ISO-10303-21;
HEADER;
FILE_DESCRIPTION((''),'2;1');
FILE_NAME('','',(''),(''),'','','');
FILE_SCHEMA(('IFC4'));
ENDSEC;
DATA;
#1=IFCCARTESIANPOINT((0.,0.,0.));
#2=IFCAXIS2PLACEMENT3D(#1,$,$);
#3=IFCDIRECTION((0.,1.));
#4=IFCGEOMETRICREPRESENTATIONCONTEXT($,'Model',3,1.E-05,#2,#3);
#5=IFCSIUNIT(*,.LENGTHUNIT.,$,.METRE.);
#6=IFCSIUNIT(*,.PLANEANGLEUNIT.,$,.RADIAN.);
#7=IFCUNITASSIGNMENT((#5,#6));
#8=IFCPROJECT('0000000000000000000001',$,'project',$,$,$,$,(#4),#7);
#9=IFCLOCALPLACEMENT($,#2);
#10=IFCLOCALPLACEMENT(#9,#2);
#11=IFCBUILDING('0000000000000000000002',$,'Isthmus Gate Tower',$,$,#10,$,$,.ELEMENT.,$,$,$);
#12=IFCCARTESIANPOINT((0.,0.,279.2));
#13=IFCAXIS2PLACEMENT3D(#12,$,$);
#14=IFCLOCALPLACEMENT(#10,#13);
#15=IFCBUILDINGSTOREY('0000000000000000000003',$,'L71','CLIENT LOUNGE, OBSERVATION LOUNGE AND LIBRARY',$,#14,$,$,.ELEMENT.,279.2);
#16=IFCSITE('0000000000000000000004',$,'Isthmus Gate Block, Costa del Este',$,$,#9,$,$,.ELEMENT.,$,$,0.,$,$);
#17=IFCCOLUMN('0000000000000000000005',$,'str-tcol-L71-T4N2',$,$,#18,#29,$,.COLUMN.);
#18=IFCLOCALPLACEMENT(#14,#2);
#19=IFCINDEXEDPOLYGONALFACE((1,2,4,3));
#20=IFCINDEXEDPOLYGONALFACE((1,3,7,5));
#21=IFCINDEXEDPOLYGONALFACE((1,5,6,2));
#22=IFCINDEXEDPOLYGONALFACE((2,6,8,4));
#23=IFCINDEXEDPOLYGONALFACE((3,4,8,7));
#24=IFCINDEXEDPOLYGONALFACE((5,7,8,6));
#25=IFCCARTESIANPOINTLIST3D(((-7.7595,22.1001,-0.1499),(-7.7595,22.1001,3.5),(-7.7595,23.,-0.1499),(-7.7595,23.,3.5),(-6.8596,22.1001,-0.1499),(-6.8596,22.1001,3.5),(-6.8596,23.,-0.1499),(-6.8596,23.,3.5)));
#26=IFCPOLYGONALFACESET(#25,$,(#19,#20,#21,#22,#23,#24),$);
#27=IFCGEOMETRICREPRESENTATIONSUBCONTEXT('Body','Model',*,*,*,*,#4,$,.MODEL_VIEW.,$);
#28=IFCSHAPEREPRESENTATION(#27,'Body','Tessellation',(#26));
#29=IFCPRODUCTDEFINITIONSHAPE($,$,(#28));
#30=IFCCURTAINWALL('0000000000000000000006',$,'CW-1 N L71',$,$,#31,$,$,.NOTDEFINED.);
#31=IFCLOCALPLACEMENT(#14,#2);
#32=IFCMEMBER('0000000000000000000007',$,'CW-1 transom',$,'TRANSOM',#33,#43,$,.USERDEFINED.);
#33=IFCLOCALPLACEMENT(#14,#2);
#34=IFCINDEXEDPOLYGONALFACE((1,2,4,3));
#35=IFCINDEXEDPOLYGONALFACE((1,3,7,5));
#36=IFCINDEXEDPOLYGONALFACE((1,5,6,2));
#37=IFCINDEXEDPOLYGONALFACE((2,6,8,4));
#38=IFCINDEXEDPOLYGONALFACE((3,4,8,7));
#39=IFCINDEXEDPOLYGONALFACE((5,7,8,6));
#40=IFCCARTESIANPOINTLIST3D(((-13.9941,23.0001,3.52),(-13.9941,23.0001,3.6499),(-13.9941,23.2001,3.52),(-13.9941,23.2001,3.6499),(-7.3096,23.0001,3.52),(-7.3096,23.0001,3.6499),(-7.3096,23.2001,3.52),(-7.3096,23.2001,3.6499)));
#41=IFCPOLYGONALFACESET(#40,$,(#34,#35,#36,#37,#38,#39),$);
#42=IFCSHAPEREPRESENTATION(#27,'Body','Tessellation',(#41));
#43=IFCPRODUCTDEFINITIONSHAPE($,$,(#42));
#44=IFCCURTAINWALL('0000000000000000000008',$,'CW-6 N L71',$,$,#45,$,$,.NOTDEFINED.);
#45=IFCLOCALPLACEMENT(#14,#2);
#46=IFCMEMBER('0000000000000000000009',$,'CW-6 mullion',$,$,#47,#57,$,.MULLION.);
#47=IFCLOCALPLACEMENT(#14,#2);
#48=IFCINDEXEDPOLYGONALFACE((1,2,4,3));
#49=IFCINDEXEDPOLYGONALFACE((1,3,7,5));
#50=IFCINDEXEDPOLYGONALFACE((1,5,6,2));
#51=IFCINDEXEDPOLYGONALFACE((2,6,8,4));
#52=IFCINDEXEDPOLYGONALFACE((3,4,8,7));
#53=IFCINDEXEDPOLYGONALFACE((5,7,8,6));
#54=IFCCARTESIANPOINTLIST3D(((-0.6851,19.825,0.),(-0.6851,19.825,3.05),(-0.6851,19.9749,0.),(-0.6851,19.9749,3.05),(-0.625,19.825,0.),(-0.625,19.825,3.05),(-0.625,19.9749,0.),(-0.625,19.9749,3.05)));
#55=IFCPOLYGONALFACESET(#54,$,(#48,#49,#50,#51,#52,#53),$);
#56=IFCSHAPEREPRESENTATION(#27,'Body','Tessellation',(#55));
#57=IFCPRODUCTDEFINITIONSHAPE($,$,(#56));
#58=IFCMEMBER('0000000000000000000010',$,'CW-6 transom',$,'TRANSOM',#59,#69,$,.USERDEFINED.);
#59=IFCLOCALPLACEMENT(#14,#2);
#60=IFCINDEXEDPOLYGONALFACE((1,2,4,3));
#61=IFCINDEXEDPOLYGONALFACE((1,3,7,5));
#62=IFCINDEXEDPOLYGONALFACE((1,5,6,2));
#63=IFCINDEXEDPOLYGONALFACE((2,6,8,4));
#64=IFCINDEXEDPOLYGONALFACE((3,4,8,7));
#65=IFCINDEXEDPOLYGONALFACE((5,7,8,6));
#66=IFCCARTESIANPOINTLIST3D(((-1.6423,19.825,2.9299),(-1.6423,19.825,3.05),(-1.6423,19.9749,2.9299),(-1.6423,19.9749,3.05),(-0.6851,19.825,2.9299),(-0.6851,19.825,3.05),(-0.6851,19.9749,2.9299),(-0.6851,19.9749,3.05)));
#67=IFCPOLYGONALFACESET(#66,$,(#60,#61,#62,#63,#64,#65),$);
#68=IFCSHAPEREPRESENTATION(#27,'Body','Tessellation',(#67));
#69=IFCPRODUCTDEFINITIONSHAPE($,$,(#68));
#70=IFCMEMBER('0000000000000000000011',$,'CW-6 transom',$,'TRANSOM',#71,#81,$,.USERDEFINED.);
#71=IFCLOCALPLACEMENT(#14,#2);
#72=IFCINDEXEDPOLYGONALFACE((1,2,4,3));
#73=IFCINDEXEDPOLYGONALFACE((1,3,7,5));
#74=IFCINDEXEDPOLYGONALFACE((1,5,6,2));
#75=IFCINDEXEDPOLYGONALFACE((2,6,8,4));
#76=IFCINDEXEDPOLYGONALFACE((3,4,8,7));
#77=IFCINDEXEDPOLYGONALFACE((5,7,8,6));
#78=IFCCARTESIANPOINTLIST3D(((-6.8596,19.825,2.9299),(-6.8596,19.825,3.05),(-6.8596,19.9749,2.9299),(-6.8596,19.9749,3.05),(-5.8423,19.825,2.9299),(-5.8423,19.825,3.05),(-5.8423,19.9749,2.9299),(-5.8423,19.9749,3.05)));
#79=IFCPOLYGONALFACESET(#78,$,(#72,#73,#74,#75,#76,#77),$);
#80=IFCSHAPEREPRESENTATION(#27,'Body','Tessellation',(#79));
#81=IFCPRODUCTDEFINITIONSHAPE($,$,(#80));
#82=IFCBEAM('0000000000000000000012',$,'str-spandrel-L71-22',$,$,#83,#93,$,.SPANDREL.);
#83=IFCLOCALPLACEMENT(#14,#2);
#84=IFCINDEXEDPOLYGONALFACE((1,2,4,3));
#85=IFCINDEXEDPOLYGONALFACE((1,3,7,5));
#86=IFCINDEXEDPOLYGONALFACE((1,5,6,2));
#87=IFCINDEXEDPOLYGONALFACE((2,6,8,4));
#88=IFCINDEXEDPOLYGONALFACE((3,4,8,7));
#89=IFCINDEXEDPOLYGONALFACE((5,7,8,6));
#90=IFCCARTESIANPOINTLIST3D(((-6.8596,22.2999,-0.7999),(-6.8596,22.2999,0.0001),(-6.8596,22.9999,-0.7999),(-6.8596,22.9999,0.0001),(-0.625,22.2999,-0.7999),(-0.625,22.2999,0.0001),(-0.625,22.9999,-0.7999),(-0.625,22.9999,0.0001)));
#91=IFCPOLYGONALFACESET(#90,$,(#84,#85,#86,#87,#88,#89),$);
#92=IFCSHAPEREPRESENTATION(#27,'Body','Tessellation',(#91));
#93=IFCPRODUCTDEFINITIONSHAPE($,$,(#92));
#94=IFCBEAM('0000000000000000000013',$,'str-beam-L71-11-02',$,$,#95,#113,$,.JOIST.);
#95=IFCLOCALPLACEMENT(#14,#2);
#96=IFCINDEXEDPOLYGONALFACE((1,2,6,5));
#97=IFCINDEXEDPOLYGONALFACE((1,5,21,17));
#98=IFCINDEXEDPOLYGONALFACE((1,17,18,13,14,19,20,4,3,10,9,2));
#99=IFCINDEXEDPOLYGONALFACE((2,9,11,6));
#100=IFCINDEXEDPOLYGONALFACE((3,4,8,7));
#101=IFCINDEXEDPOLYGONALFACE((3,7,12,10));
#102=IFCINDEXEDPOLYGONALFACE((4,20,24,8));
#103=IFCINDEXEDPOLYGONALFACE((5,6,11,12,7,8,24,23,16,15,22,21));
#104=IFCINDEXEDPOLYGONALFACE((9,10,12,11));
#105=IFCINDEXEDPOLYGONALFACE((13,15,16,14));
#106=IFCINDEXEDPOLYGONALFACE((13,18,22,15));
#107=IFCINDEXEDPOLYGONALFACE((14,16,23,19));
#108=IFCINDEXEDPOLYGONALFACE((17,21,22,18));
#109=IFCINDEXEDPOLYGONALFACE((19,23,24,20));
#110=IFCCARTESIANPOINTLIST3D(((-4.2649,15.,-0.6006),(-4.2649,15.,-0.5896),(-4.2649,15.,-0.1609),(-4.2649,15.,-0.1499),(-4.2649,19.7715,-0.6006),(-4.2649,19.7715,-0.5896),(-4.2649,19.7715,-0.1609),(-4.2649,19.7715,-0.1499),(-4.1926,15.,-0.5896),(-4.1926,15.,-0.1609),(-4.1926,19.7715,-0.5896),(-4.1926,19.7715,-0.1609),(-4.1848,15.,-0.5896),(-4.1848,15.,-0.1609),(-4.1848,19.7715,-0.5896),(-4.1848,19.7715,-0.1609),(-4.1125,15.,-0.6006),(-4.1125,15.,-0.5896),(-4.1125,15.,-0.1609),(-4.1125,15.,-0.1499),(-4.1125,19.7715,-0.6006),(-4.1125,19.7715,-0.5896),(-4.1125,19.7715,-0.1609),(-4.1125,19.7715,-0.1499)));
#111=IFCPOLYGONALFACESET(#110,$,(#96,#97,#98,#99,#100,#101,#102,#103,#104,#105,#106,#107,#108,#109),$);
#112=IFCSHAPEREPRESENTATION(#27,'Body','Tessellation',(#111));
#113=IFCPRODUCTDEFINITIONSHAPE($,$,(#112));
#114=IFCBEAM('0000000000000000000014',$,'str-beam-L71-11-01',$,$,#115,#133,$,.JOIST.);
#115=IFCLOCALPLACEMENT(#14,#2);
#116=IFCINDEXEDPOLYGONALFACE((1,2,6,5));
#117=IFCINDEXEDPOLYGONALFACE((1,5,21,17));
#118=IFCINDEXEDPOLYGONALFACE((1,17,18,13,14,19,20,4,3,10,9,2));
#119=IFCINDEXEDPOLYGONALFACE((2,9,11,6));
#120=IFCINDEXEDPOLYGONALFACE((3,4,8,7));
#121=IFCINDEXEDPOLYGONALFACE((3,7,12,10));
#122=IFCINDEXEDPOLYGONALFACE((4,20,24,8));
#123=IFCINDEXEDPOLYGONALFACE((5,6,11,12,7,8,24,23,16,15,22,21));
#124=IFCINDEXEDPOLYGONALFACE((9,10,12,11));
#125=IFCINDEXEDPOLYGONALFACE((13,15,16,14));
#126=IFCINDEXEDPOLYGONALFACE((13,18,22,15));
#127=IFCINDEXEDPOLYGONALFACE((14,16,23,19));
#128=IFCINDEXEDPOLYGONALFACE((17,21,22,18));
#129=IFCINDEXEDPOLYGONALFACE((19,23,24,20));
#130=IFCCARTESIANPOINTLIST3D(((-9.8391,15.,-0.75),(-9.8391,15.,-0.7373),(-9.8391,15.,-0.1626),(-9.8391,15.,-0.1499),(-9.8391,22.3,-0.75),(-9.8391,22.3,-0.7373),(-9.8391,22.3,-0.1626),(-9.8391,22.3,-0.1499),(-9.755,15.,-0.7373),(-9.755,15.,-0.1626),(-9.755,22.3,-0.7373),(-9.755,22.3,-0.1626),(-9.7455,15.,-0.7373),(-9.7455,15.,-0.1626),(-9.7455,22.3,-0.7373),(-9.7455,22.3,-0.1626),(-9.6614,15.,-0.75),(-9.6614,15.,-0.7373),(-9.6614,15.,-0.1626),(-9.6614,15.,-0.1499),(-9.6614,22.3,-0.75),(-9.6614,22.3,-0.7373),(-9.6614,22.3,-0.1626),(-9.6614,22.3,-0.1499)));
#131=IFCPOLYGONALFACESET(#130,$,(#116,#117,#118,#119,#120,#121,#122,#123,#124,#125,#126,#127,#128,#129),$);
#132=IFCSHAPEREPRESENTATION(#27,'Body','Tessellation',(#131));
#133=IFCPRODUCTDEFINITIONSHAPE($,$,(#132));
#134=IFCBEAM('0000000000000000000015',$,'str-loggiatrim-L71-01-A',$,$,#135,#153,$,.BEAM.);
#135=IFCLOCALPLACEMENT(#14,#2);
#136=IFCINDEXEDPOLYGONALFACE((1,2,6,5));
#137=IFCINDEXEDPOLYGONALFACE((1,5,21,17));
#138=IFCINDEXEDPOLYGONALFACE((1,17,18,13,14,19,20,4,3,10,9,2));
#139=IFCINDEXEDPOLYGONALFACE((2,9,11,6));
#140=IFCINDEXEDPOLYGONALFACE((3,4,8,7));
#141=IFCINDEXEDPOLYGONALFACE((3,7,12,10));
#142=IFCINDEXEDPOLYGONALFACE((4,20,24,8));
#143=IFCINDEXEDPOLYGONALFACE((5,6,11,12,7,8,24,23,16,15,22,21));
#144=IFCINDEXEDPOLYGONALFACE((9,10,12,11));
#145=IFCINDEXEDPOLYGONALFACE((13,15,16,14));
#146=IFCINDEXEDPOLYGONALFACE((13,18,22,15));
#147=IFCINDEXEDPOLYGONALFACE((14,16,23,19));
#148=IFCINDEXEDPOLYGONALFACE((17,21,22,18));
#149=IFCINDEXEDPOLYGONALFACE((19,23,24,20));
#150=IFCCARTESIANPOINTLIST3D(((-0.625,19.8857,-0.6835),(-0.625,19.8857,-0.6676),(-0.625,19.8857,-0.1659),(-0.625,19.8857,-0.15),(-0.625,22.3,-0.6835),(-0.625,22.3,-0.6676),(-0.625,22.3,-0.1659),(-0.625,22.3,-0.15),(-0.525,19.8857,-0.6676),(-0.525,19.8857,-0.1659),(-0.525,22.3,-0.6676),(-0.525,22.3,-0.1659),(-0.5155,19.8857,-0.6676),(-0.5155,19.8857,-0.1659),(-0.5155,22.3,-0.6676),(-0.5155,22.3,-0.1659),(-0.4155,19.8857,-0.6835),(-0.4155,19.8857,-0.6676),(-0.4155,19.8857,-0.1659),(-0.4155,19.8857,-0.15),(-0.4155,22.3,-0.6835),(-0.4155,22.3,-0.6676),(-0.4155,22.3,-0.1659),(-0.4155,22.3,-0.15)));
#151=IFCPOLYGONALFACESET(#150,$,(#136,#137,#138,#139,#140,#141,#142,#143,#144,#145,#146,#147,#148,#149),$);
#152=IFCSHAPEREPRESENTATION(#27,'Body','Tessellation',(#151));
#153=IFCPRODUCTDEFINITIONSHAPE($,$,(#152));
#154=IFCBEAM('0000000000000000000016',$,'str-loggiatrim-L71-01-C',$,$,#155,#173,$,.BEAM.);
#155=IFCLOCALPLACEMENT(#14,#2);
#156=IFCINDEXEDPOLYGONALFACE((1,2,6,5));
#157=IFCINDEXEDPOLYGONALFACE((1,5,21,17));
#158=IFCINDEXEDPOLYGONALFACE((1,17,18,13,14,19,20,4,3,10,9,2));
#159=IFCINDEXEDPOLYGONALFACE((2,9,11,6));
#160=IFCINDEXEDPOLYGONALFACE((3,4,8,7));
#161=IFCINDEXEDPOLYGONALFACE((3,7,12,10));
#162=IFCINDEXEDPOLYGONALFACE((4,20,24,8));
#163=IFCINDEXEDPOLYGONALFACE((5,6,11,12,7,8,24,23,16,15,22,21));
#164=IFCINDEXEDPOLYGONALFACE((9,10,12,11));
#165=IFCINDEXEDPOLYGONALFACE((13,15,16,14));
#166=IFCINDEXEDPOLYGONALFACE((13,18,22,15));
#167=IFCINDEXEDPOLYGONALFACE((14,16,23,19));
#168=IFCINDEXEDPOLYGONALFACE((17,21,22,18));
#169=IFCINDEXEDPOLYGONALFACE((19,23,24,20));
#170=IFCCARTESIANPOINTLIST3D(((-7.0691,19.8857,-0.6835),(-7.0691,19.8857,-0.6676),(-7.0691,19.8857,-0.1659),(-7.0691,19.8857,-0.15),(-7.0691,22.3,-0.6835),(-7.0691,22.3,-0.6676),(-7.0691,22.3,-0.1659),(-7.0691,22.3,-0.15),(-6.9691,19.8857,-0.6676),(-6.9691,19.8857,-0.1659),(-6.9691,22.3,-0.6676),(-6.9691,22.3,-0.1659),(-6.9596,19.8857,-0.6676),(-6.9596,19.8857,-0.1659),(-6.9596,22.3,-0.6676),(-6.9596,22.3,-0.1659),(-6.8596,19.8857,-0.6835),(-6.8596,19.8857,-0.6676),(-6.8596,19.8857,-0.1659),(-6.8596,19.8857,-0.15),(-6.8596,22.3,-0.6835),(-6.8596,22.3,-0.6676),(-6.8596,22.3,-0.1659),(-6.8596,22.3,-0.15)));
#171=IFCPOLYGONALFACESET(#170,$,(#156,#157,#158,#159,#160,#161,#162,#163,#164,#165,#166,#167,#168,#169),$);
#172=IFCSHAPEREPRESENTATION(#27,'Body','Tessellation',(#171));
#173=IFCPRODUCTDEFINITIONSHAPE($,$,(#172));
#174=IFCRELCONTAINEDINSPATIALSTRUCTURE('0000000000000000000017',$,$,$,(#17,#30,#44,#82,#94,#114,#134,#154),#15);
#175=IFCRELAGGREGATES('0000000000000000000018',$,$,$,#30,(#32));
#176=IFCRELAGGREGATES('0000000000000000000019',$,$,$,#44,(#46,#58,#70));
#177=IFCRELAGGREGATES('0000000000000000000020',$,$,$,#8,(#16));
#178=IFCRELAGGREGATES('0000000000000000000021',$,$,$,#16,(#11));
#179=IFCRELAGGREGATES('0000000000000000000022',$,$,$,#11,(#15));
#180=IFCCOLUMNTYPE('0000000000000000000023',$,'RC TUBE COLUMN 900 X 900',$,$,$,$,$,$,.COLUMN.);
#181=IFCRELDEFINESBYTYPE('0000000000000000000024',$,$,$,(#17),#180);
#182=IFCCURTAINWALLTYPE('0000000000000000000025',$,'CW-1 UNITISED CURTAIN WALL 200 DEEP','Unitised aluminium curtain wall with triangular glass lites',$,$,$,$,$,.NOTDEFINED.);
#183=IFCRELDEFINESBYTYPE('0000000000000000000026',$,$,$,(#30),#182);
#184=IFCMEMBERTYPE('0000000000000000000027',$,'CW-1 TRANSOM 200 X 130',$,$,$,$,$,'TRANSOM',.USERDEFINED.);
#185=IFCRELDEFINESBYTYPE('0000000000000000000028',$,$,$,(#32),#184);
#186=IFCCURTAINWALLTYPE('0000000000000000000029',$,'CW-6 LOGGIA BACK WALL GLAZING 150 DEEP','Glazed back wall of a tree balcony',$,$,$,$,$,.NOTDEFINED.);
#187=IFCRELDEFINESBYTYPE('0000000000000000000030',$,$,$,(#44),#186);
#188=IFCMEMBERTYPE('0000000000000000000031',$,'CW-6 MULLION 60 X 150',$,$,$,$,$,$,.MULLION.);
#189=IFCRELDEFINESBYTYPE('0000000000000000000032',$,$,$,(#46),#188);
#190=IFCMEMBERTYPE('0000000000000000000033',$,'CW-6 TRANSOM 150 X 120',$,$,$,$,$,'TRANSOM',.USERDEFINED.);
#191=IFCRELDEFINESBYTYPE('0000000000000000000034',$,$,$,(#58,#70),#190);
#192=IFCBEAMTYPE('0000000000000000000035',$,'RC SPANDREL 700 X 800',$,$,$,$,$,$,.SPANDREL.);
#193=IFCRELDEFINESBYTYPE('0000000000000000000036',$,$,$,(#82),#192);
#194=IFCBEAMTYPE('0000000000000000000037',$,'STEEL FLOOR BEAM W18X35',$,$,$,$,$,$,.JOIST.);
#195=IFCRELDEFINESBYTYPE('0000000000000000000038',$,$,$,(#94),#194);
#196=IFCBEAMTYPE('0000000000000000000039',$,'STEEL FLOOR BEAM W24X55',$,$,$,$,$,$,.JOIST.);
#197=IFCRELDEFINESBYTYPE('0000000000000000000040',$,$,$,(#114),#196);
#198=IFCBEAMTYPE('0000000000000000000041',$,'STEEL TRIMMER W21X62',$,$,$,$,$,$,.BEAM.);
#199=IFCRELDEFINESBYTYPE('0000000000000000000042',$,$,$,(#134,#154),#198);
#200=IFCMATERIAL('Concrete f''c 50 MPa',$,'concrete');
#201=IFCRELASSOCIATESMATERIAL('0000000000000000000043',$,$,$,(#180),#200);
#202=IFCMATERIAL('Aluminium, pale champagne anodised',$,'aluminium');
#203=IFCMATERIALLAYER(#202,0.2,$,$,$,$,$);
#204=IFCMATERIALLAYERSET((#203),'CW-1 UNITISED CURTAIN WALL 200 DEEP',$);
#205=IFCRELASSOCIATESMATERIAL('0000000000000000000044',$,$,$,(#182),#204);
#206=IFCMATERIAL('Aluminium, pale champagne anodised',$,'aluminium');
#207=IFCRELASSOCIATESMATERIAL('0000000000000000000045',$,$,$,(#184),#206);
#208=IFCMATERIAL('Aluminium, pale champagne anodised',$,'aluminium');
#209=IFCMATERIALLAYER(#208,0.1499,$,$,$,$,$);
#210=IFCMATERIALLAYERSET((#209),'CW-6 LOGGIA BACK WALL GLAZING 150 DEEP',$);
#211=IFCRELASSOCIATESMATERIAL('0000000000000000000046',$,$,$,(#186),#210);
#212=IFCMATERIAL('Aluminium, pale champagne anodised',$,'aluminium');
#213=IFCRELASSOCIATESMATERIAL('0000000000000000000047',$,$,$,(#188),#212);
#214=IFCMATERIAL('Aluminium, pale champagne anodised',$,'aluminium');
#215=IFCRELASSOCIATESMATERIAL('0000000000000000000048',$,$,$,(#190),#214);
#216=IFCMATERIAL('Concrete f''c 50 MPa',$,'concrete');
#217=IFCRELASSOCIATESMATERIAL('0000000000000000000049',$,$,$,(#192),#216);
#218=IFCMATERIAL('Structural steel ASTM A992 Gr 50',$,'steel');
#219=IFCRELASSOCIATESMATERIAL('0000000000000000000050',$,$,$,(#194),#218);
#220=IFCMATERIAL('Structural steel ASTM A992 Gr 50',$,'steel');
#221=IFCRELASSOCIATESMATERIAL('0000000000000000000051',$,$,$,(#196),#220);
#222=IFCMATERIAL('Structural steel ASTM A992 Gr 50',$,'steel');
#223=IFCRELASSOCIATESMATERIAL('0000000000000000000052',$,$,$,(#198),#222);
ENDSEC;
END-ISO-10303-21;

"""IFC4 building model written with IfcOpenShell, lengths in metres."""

from ifc_helpers import new_model, si_unit, direction, frame, origin, origin_2d, place, context, subcontext, project, spatial, rectangle, i_section, extrude, material, layer, layer_set, material_profile, profile_set, type_object, element, aggregate, save


model = new_model("IFC4")

# Units and contexts
model_context = context("Model", 3, precision=1e-05, world=origin(), true_north=direction((0.0, 1.0)))
body_context = subcontext(model_context, "Body", "Model", "MODEL_VIEW")
ifc_project = project(units=[si_unit("LENGTHUNIT", "METRE"), si_unit("PLANEANGLEUNIT", "RADIAN")], contexts=[model_context])

# Site, building, storey
site_placement = place(None, origin())
site = spatial("IfcSite", under=ifc_project, at=site_placement, Name="Isthmus Gate Block, Costa del Este", CompositionType="ELEMENT", RefElevation=0.0)
building_placement = place(site_placement, origin())
building = spatial("IfcBuilding", under=site, at=building_placement, Name="Isthmus Gate Tower", CompositionType="ELEMENT")
storey_placement = place(building_placement, frame((0.0, 0.0, 279.2)))
storey = spatial("IfcBuildingStorey", under=building, at=storey_placement, Name="L71", Description="CLIENT LOUNGE, OBSERVATION LOUNGE AND LIBRARY", CompositionType="ELEMENT", Elevation=279.2)

# Column
ifc_material_1 = material(Name="Concrete f'c 50 MPa", Category="concrete")
ifc_material_profile_1 = material_profile(ifc_material_1, rectangle(XDim=0.8999, YDim=0.8999, at=origin_2d()), Name="RC 900X900")
ifc_profile_set_1 = profile_set([ifc_material_profile_1], Name="Concrete f'c 50 MPa")
column_type = type_object("IfcColumnType", Name="RC TUBE COLUMN 900 X 900", PredefinedType="COLUMN", material=ifc_profile_set_1)
column_placement = place(storey_placement, frame((-7.3096, 22.55, -0.1499), z_axis=(0.0, 0.0, 1.0), x_axis=(-1.0, 0.0, 0.0)))
element("IfcColumn", 1, at=column_placement, inside=storey, type_object=column_type, Name="str-tcol-L71-T4N2", PredefinedType="COLUMN", context=body_context, shape_type="SweptSolid", body=[
    extrude(rectangle(XDim=0.8999, YDim=0.8999, at=origin_2d()), origin(), (0.0, 0.0, 1.0), 3.6499),
])

# Curtain wall, member
ifc_material_2 = material(Name="Aluminium, pale champagne anodised", Category="aluminium")
ifc_layer_1 = layer(ifc_material_2, 0.2)
ifc_layer_set_1 = layer_set([ifc_layer_1], Name="CW-1 UNITISED CURTAIN WALL 200 DEEP")
curtain_wall_type_1 = type_object("IfcCurtainWallType", Name="CW-1 UNITISED CURTAIN WALL 200 DEEP", Description="Unitised aluminium curtain wall with triangular glass lites", PredefinedType="NOTDEFINED", material=ifc_layer_set_1)
curtain_wall_1_placement = place(storey_placement, origin())
curtain_wall_1 = element("IfcCurtainWall", 2, at=curtain_wall_1_placement, inside=storey, type_object=curtain_wall_type_1, Name="CW-1 N L71", PredefinedType="NOTDEFINED")
ifc_material_3 = material(Name="Aluminium, pale champagne anodised", Category="aluminium")
ifc_material_profile_2 = material_profile(ifc_material_3, rectangle(XDim=0.2, YDim=0.1299, at=origin_2d()), Name="200x130")
ifc_profile_set_2 = profile_set([ifc_material_profile_2], Name="Aluminium, pale champagne anodised")
member_type_1 = type_object("IfcMemberType", Name="CW-1 TRANSOM 200 X 130", ElementType="TRANSOM", PredefinedType="USERDEFINED", material=ifc_profile_set_2)
member_1_placement = place(storey_placement, frame((-7.3096, 23.1001, 3.585), z_axis=(-1.0, 0.0, 0.0), x_axis=(0.0, -1.0, 0.0)))
member_1 = element("IfcMember", 3, at=member_1_placement, type_object=member_type_1, Name="CW-1 transom", ObjectType="TRANSOM", PredefinedType="USERDEFINED", context=body_context, shape_type="SweptSolid", body=[
    extrude(rectangle(XDim=0.2, YDim=0.1299, at=origin_2d()), origin(), (0.0, 0.0, 1.0), 6.6846),
])

# Curtain wall, members
ifc_material_4 = material(Name="Aluminium, pale champagne anodised", Category="aluminium")
ifc_layer_2 = layer(ifc_material_4, 0.1499)
ifc_layer_set_2 = layer_set([ifc_layer_2], Name="CW-6 LOGGIA BACK WALL GLAZING 150 DEEP")
curtain_wall_type_2 = type_object("IfcCurtainWallType", Name="CW-6 LOGGIA BACK WALL GLAZING 150 DEEP", Description="Glazed back wall of a tree balcony", PredefinedType="NOTDEFINED", material=ifc_layer_set_2)
curtain_wall_2_placement = place(storey_placement, origin())
curtain_wall_2 = element("IfcCurtainWall", 4, at=curtain_wall_2_placement, inside=storey, type_object=curtain_wall_type_2, Name="CW-6 N L71", PredefinedType="NOTDEFINED")
ifc_material_5 = material(Name="Aluminium, pale champagne anodised", Category="aluminium")
ifc_material_profile_3 = material_profile(ifc_material_5, rectangle(XDim=0.0601, YDim=0.1499, at=origin_2d()), Name="60x150")
ifc_profile_set_3 = profile_set([ifc_material_profile_3], Name="Aluminium, pale champagne anodised")
member_type_2 = type_object("IfcMemberType", Name="CW-6 MULLION 60 X 150", PredefinedType="MULLION", material=ifc_profile_set_3)
member_2_placement = place(storey_placement, frame((-0.655, 19.8999, 0.0), z_axis=(0.0, 0.0, 1.0), x_axis=(-1.0, 0.0, 0.0)))
member_2 = element("IfcMember", 5, at=member_2_placement, type_object=member_type_2, Name="CW-6 mullion", PredefinedType="MULLION", context=body_context, shape_type="SweptSolid", body=[
    extrude(rectangle(XDim=0.0601, YDim=0.1499, at=origin_2d()), origin(), (0.0, 0.0, 1.0), 3.05),
])
ifc_material_6 = material(Name="Aluminium, pale champagne anodised", Category="aluminium")
ifc_material_profile_4 = material_profile(ifc_material_6, rectangle(XDim=0.1499, YDim=0.1201, at=origin_2d()), Name="150x120")
ifc_profile_set_4 = profile_set([ifc_material_profile_4], Name="Aluminium, pale champagne anodised")
member_type_3 = type_object("IfcMemberType", Name="CW-6 TRANSOM 150 X 120", ElementType="TRANSOM", PredefinedType="USERDEFINED", material=ifc_profile_set_4)
member_3_placement = place(storey_placement, frame((-0.6851, 19.8999, 2.99), z_axis=(-1.0, 0.0, 0.0), x_axis=(0.0, -1.0, 0.0)))
member_3 = element("IfcMember", 6, at=member_3_placement, type_object=member_type_3, Name="CW-6 transom", ObjectType="TRANSOM", PredefinedType="USERDEFINED", context=body_context, shape_type="SweptSolid", body=[
    extrude(rectangle(XDim=0.1499, YDim=0.1201, at=origin_2d()), origin(), (0.0, 0.0, 1.0), 0.9573),
])
member_4_placement = place(storey_placement, frame((-5.8423, 19.8999, 2.99), z_axis=(-1.0, 0.0, 0.0), x_axis=(0.0, -1.0, 0.0)))
member_4 = element("IfcMember", 7, at=member_4_placement, type_object=member_type_3, Name="CW-6 transom", ObjectType="TRANSOM", PredefinedType="USERDEFINED", context=body_context, shape_type="SweptSolid", body=[
    extrude(rectangle(XDim=0.1499, YDim=0.1201, at=origin_2d()), origin(), (0.0, 0.0, 1.0), 1.0173),
])

# Beams
ifc_material_7 = material(Name="Concrete f'c 50 MPa", Category="concrete")
ifc_material_profile_5 = material_profile(ifc_material_7, rectangle(XDim=0.7, YDim=0.8, at=origin_2d()), Name="RC 700X800")
ifc_profile_set_5 = profile_set([ifc_material_profile_5], Name="Concrete f'c 50 MPa")
beam_type_1 = type_object("IfcBeamType", Name="RC SPANDREL 700 X 800", PredefinedType="SPANDREL", material=ifc_profile_set_5)
beam_1_placement = place(storey_placement, frame((-6.8596, 22.6499, -0.3999), z_axis=(1.0, 0.0, 0.0), x_axis=(0.0, 1.0, 0.0)))
element("IfcBeam", 8, at=beam_1_placement, inside=storey, type_object=beam_type_1, Name="str-spandrel-L71-22", PredefinedType="SPANDREL", context=body_context, shape_type="SweptSolid", body=[
    extrude(rectangle(XDim=0.7, YDim=0.8, at=origin_2d()), origin(), (0.0, 0.0, 1.0), 6.2346),
])
ifc_material_8 = material(Name="Structural steel ASTM A992 Gr 50", Category="steel")
ifc_material_profile_6 = material_profile(ifc_material_8, i_section(OverallWidth=0.1523, OverallDepth=0.4507, WebThickness=0.0078, FlangeThickness=0.011, at=origin_2d()), Name="W18X35")
ifc_profile_set_6 = profile_set([ifc_material_profile_6], Name="Structural steel ASTM A992 Gr 50")
beam_type_2 = type_object("IfcBeamType", Name="STEEL FLOOR BEAM W18X35", PredefinedType="JOIST", material=ifc_profile_set_6)
beam_2_placement = place(storey_placement, frame((-4.1887, 15.0, -0.3752), z_axis=(0.0, 1.0, 0.0), x_axis=(-1.0, 0.0, 0.0)))
element("IfcBeam", 9, at=beam_2_placement, inside=storey, type_object=beam_type_2, Name="str-beam-L71-11-02", PredefinedType="JOIST", context=body_context, shape_type="SweptSolid", body=[
    extrude(i_section(OverallWidth=0.1523, OverallDepth=0.4507, WebThickness=0.0078, FlangeThickness=0.011, at=origin_2d()), origin(), (0.0, 0.0, 1.0), 4.7715),
])
ifc_material_9 = material(Name="Structural steel ASTM A992 Gr 50", Category="steel")
ifc_material_profile_7 = material_profile(ifc_material_9, i_section(OverallWidth=0.1777, OverallDepth=0.6001, WebThickness=0.0095, FlangeThickness=0.0127, at=origin_2d()), Name="W24X55")
ifc_profile_set_7 = profile_set([ifc_material_profile_7], Name="Structural steel ASTM A992 Gr 50")
beam_type_3 = type_object("IfcBeamType", Name="STEEL FLOOR BEAM W24X55", PredefinedType="JOIST", material=ifc_profile_set_7)
beam_3_placement = place(storey_placement, frame((-9.7502, 15.0, -0.45), z_axis=(0.0, 1.0, 0.0), x_axis=(-1.0, 0.0, 0.0)))
element("IfcBeam", 10, at=beam_3_placement, inside=storey, type_object=beam_type_3, Name="str-beam-L71-11-01", PredefinedType="JOIST", context=body_context, shape_type="SweptSolid", body=[
    extrude(i_section(OverallWidth=0.1777, OverallDepth=0.6001, WebThickness=0.0095, FlangeThickness=0.0127, at=origin_2d()), origin(), (0.0, 0.0, 1.0), 7.3),
])
ifc_material_10 = material(Name="Structural steel ASTM A992 Gr 50", Category="steel")
ifc_material_profile_8 = material_profile(ifc_material_10, i_section(OverallWidth=0.2095, OverallDepth=0.5334, WebThickness=0.0095, FlangeThickness=0.0159, at=origin_2d()), Name="W21X62")
ifc_profile_set_8 = profile_set([ifc_material_profile_8], Name="Structural steel ASTM A992 Gr 50")
beam_type_4 = type_object("IfcBeamType", Name="STEEL TRIMMER W21X62", PredefinedType="BEAM", material=ifc_profile_set_8)
for number, where, z_axis, x_axis, name in (
    (11, (-0.5203, 22.3, -0.4167), (0.0, -1.0, 0.0), (1.0, 0.0, 0.0), "str-loggiatrim-L71-01-A"),
    (12, (-6.9644, 22.3, -0.4167), (0.0, -1.0, 0.0), (1.0, 0.0, 0.0), "str-loggiatrim-L71-01-C"),
):
    element("IfcBeam", number, at=place(storey_placement, frame(where, z_axis=z_axis, x_axis=x_axis)), inside=storey, type_object=beam_type_4, Name=name, PredefinedType="BEAM", context=body_context, shape_type="SweptSolid", body=[
        extrude(i_section(OverallWidth=0.2095, OverallDepth=0.5334, WebThickness=0.0095, FlangeThickness=0.0159, at=origin_2d()), origin(), (0.0, 0.0, 1.0), 2.4143),
    ])

aggregate(curtain_wall_1, [member_1])
aggregate(curtain_wall_2, [member_2, member_3, member_4])

save(model, "model.ifc")
